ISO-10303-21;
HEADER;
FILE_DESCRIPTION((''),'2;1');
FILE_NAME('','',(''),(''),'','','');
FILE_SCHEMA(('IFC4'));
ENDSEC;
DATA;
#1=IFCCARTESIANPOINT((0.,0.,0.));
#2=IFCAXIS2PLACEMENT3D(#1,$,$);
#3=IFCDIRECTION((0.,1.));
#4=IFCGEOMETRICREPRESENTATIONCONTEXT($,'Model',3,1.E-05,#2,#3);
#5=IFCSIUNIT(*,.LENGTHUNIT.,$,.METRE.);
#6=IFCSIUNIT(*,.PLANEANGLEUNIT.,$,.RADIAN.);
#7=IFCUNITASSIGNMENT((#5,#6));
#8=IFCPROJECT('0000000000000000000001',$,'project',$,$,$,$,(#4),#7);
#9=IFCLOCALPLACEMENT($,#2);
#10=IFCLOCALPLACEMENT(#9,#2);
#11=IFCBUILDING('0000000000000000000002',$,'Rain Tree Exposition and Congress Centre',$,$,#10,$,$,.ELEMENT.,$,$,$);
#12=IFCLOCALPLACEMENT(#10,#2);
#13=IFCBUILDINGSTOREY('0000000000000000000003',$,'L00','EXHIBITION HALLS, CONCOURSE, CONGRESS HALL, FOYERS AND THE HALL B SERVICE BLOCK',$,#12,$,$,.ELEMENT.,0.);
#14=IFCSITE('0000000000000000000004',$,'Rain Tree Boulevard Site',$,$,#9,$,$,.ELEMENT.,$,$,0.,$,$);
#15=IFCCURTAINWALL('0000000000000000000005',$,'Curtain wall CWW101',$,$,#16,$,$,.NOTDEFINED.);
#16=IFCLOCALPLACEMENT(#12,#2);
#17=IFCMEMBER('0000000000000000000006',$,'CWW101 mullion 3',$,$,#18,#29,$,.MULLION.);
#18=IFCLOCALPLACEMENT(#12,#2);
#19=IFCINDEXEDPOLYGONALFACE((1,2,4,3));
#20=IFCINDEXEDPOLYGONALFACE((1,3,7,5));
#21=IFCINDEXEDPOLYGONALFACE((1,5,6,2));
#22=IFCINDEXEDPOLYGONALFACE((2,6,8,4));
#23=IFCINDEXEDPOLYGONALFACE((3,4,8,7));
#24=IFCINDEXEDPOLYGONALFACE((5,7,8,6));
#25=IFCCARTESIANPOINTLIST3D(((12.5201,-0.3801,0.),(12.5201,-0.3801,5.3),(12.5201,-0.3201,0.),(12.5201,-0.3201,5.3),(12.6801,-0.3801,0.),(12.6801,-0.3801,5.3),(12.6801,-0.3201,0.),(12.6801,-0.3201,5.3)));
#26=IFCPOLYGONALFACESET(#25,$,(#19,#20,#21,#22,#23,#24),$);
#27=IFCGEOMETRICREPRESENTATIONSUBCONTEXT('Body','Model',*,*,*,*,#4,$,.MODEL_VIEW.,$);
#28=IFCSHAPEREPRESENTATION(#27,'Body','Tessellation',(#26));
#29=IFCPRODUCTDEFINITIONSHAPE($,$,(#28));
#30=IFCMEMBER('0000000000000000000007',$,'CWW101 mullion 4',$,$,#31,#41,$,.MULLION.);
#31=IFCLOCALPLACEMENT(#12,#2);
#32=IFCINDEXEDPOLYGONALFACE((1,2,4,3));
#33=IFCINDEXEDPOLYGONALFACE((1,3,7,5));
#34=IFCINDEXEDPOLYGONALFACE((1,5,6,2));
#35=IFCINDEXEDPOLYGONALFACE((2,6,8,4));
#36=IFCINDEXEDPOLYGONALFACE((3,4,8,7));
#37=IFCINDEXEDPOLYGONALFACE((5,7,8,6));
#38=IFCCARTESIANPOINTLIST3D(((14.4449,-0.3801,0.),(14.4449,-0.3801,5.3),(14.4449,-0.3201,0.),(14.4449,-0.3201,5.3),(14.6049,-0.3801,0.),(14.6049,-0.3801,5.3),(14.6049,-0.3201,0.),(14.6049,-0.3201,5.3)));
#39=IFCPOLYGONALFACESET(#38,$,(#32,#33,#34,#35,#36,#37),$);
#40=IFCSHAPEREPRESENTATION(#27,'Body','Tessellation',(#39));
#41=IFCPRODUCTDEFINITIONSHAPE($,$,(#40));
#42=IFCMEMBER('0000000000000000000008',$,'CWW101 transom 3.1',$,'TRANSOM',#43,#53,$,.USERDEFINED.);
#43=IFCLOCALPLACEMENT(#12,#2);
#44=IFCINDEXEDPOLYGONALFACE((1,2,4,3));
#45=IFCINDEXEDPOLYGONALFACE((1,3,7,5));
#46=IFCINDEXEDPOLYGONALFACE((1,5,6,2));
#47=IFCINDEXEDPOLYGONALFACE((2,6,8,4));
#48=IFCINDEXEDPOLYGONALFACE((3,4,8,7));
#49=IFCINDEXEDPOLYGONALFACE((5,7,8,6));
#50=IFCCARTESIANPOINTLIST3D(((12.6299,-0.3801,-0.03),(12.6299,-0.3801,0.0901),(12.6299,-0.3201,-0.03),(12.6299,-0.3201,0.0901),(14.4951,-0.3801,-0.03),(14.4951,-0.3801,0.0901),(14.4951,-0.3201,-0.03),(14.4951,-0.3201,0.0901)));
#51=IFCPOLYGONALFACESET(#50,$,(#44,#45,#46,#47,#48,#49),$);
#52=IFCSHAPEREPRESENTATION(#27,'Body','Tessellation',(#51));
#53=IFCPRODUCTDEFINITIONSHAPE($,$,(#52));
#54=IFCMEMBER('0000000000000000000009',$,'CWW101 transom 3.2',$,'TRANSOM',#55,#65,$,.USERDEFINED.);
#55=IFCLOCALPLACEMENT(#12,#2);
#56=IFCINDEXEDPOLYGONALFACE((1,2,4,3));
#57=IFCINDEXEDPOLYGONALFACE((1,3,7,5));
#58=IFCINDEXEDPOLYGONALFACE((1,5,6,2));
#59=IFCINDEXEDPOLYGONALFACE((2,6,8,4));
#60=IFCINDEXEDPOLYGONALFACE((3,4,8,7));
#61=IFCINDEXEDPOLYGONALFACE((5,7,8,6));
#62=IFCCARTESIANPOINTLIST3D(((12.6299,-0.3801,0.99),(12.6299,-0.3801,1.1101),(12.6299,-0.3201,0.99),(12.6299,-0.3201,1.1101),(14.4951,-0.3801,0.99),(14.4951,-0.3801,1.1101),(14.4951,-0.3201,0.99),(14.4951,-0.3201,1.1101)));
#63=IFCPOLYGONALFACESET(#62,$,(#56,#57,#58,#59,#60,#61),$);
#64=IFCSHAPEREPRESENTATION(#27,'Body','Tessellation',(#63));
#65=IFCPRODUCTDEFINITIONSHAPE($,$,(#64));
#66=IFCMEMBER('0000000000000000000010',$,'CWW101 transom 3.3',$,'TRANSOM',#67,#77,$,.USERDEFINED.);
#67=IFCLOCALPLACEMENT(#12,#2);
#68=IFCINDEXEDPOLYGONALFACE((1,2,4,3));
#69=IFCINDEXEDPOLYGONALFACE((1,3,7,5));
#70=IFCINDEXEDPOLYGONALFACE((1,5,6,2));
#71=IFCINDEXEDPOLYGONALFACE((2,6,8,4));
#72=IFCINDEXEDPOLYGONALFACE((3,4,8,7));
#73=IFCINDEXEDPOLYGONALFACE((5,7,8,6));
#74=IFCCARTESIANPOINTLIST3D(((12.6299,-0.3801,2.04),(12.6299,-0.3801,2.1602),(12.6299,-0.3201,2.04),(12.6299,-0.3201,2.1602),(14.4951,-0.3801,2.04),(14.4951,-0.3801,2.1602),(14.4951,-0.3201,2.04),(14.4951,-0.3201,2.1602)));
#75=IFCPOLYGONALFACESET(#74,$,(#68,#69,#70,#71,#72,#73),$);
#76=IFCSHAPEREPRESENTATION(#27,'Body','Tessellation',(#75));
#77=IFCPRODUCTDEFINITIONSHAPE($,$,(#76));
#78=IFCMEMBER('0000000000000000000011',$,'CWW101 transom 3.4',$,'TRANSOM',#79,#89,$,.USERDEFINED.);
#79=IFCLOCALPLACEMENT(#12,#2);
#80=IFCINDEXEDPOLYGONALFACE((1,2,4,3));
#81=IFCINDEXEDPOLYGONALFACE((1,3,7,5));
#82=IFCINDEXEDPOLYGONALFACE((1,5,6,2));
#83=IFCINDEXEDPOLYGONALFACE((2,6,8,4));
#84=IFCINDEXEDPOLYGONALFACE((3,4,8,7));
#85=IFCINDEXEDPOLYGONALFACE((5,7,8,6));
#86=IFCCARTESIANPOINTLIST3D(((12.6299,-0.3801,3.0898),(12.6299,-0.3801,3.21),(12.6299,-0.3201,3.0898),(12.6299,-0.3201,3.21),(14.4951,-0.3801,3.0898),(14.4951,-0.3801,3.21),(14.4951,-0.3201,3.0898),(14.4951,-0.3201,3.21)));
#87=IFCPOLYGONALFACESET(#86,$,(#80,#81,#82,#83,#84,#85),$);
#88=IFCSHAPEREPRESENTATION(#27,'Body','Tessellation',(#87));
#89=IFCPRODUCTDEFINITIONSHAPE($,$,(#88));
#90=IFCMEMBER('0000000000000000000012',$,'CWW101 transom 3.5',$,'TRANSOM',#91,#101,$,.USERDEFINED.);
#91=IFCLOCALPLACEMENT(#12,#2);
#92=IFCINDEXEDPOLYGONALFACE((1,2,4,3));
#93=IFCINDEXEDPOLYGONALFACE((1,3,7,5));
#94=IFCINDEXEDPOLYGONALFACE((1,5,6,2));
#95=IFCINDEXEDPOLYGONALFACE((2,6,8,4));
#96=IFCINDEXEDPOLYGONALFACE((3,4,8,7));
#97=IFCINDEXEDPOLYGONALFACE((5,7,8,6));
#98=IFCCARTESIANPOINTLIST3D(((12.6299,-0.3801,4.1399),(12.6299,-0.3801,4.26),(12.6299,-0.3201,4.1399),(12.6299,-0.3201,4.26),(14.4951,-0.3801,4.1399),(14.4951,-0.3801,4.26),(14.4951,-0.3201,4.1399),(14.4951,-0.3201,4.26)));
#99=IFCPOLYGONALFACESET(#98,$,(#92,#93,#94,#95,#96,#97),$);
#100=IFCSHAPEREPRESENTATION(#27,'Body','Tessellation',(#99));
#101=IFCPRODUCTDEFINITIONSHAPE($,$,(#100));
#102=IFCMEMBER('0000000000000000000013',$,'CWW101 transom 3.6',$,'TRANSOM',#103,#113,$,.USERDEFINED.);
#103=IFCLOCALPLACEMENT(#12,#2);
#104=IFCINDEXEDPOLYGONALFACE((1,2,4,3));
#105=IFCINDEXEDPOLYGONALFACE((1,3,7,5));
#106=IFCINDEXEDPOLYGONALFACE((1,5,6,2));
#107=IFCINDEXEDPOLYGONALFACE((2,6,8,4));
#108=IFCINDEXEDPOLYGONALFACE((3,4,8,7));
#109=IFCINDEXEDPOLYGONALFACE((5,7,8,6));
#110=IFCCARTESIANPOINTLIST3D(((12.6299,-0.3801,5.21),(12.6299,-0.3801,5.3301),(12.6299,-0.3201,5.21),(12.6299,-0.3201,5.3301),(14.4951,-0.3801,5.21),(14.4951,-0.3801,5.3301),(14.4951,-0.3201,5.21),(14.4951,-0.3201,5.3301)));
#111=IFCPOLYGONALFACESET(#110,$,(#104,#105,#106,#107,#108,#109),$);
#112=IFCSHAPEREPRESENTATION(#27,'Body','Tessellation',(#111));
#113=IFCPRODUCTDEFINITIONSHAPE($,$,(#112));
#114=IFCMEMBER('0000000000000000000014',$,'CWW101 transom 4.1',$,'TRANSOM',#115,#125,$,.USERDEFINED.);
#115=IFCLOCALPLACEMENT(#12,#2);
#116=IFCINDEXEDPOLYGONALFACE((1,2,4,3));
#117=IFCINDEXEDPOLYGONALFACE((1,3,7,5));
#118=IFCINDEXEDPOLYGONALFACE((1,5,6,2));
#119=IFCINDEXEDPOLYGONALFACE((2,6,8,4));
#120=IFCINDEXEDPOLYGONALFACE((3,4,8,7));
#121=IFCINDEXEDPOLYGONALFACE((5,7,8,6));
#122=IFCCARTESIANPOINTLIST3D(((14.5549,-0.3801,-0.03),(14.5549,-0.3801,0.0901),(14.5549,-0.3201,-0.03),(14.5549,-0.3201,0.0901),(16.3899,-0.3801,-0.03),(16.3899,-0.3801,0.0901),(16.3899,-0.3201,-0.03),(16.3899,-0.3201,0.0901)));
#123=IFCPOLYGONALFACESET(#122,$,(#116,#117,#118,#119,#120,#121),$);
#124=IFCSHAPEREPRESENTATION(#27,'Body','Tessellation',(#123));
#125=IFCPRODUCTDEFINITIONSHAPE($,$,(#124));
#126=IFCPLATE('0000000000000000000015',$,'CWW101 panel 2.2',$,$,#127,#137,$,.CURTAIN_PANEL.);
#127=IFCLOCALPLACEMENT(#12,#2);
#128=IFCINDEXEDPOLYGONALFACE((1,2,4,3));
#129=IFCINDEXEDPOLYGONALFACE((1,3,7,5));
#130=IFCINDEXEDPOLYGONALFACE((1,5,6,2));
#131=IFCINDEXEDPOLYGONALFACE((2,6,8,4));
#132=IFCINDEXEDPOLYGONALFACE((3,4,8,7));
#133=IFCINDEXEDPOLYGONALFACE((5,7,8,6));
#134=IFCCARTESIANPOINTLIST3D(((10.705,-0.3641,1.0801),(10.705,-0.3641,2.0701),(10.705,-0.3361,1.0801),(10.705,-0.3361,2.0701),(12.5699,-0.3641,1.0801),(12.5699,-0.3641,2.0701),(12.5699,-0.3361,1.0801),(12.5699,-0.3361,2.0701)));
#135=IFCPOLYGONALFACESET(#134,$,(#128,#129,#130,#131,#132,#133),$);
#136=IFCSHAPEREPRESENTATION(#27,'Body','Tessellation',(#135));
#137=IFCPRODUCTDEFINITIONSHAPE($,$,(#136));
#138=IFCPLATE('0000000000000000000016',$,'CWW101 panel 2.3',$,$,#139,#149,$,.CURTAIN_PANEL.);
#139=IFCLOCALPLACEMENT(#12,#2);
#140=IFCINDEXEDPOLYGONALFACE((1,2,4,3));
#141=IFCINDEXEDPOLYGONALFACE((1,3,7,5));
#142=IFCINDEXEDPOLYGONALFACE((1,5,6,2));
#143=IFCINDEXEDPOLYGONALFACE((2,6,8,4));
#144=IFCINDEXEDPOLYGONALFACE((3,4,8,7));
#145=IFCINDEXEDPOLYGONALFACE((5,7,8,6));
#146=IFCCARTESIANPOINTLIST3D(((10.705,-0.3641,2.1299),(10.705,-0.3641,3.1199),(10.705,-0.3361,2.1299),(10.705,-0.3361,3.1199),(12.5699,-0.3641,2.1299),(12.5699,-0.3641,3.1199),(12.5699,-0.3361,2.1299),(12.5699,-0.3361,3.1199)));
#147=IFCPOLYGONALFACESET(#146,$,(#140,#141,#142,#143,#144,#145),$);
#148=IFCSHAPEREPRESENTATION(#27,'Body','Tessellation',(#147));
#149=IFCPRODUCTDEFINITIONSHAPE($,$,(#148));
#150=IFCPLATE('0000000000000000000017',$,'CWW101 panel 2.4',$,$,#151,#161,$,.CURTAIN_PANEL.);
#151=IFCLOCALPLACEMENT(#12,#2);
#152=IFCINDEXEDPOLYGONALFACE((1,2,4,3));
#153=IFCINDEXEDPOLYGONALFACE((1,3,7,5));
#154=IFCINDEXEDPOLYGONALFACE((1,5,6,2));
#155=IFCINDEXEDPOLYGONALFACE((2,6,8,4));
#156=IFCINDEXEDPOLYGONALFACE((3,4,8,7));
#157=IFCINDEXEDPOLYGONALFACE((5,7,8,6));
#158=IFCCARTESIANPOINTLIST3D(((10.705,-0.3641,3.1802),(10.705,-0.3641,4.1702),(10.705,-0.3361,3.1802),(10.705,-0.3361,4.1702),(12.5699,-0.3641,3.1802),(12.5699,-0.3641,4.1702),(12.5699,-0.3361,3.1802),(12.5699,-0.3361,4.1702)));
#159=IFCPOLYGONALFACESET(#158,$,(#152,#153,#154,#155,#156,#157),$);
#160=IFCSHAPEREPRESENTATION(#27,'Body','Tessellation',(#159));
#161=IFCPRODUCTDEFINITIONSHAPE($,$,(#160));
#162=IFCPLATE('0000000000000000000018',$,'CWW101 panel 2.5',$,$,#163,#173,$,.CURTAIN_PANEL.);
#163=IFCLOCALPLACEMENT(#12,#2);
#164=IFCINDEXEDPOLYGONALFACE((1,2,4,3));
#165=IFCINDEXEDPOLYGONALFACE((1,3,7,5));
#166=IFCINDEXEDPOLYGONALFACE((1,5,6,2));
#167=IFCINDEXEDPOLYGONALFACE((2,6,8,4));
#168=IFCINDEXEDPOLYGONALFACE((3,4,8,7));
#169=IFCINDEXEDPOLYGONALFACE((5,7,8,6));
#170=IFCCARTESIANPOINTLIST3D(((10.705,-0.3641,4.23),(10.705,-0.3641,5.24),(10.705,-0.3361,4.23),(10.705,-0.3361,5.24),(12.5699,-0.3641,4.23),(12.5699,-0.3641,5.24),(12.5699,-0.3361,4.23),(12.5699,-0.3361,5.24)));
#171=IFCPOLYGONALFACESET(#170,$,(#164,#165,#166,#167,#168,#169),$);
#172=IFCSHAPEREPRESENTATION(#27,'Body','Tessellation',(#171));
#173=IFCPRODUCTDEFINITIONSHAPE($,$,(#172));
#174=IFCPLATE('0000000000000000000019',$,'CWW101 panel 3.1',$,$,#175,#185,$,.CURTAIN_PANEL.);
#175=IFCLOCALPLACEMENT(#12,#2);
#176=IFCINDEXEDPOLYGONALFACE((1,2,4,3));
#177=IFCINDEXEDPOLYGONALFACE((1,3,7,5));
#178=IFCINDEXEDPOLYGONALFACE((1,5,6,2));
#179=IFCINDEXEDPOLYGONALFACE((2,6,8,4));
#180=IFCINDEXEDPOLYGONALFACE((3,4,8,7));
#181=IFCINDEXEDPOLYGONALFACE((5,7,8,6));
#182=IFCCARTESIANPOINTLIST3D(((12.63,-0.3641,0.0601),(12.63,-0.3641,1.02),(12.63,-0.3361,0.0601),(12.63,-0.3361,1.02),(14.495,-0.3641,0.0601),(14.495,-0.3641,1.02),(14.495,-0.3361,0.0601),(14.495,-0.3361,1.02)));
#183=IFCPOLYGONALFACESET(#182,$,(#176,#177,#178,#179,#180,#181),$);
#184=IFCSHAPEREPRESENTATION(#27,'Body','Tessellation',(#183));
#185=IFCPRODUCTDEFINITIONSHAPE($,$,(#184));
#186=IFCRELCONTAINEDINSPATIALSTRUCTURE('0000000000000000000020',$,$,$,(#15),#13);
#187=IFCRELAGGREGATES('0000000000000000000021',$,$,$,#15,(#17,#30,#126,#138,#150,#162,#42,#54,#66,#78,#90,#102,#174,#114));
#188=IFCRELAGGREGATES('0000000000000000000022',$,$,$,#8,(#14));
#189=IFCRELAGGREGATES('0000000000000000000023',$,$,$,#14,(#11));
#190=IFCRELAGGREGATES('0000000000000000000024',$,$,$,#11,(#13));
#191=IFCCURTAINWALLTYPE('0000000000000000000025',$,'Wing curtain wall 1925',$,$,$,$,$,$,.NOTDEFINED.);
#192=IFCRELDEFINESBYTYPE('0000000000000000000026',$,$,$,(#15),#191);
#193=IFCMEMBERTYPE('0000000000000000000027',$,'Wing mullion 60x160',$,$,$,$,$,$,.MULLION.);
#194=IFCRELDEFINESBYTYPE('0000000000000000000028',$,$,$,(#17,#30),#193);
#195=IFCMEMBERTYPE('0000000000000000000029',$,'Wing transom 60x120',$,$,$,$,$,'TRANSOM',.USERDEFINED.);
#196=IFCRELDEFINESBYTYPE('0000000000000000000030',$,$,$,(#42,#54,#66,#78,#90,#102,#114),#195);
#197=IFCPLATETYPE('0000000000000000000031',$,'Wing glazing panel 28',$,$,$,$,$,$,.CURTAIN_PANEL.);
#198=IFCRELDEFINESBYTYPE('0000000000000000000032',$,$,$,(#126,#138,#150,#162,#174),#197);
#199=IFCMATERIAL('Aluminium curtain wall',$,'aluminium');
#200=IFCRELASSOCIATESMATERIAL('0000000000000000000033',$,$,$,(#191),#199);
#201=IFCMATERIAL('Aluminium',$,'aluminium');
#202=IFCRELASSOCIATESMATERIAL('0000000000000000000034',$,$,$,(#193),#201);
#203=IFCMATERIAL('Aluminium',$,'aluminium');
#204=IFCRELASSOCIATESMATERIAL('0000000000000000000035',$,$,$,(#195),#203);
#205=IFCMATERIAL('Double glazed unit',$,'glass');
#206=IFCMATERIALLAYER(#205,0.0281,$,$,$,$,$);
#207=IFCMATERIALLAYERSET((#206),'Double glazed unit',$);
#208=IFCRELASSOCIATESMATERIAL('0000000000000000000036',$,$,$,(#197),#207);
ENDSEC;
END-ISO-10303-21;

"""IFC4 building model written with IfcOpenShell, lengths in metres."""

from ifc_helpers import new_model, si_unit, direction, frame, origin, origin_2d, place, context, subcontext, project, spatial, rectangle, extrude, material, layer, layer_set, material_profile, profile_set, type_object, element, aggregate, save


model = new_model("IFC4")

# Units and contexts
model_context = context("Model", 3, precision=1e-05, world=origin(), true_north=direction((0.0, 1.0)))
body_context = subcontext(model_context, "Body", "Model", "MODEL_VIEW")
ifc_project = project(units=[si_unit("LENGTHUNIT", "METRE"), si_unit("PLANEANGLEUNIT", "RADIAN")], contexts=[model_context])

# Site, building, storey
site_placement = place(None, origin())
site = spatial("IfcSite", under=ifc_project, at=site_placement, Name="Rain Tree Boulevard Site", CompositionType="ELEMENT", RefElevation=0.0)
building_placement = place(site_placement, origin())
building = spatial("IfcBuilding", under=site, at=building_placement, Name="Rain Tree Exposition and Congress Centre", CompositionType="ELEMENT")
storey_placement = place(building_placement, origin())
storey = spatial("IfcBuildingStorey", under=building, at=storey_placement, Name="L00", Description="EXHIBITION HALLS, CONCOURSE, CONGRESS HALL, FOYERS AND THE HALL B SERVICE BLOCK", CompositionType="ELEMENT", Elevation=0.0)

# Curtain wall, members, plates
ifc_material_1 = material(Name="Aluminium curtain wall", Category="aluminium")
curtain_wall_type = type_object("IfcCurtainWallType", Name="Wing curtain wall 1925", PredefinedType="NOTDEFINED", material=ifc_material_1)
curtain_wall_placement = place(storey_placement, origin())
curtain_wall = element("IfcCurtainWall", 1, at=curtain_wall_placement, inside=storey, type_object=curtain_wall_type, Name="Curtain wall CWW101", PredefinedType="NOTDEFINED")
ifc_material_2 = material(Name="Aluminium", Category="aluminium")
ifc_material_profile_1 = material_profile(ifc_material_2, rectangle(XDim=0.0601, YDim=0.1599, at=origin_2d()), Name="Aluminium 60x160")
ifc_profile_set_1 = profile_set([ifc_material_profile_1], Name="Aluminium")
member_type_1 = type_object("IfcMemberType", Name="Wing mullion 60x160", PredefinedType="MULLION", material=ifc_profile_set_1)
member_1_placement = place(storey_placement, frame((12.6001, -0.3501, 0.0), z_axis=(0.0, 0.0, 1.0), x_axis=(0.0, 1.0, 0.0)))
member_1 = element("IfcMember", 2, at=member_1_placement, type_object=member_type_1, Name="CWW101 mullion 3", PredefinedType="MULLION", context=body_context, shape_type="SweptSolid", body=[
    extrude(rectangle(XDim=0.0601, YDim=0.1599, at=origin_2d()), origin(), (0.0, 0.0, 1.0), 5.3),
])
member_2_placement = place(storey_placement, frame((14.5249, -0.3501, 0.0), z_axis=(0.0, 0.0, 1.0), x_axis=(0.0, 1.0, 0.0)))
member_2 = element("IfcMember", 3, at=member_2_placement, type_object=member_type_1, Name="CWW101 mullion 4", PredefinedType="MULLION", context=body_context, shape_type="SweptSolid", body=[
    extrude(rectangle(XDim=0.0601, YDim=0.1599, at=origin_2d()), origin(), (0.0, 0.0, 1.0), 5.3),
])
ifc_material_3 = material(Name="Aluminium", Category="aluminium")
ifc_material_profile_2 = material_profile(ifc_material_3, rectangle(XDim=0.0601, YDim=0.1201, at=origin_2d()), Name="Aluminium 60x120")
ifc_profile_set_2 = profile_set([ifc_material_profile_2], Name="Aluminium")
member_type_2 = type_object("IfcMemberType", Name="Wing transom 60x120", ElementType="TRANSOM", PredefinedType="USERDEFINED", material=ifc_profile_set_2)
member_3_placement = place(storey_placement, frame((12.6299, -0.3501, 0.03), z_axis=(1.0, 0.0, 0.0), x_axis=(0.0, 1.0, 0.0)))
member_3 = element("IfcMember", 4, at=member_3_placement, type_object=member_type_2, Name="CWW101 transom 3.1", ObjectType="TRANSOM", PredefinedType="USERDEFINED", context=body_context, shape_type="SweptSolid", body=[
    extrude(rectangle(XDim=0.0601, YDim=0.1201, at=origin_2d()), origin(), (0.0, 0.0, 1.0), 1.8652),
])
member_4_placement = place(storey_placement, frame((12.6299, -0.3501, 1.05), z_axis=(1.0, 0.0, 0.0), x_axis=(0.0, 1.0, 0.0)))
member_4 = element("IfcMember", 5, at=member_4_placement, type_object=member_type_2, Name="CWW101 transom 3.2", ObjectType="TRANSOM", PredefinedType="USERDEFINED", context=body_context, shape_type="SweptSolid", body=[
    extrude(rectangle(XDim=0.0601, YDim=0.1201, at=origin_2d()), origin(), (0.0, 0.0, 1.0), 1.8652),
])
member_5_placement = place(storey_placement, frame((12.6299, -0.3501, 2.1001), z_axis=(1.0, 0.0, 0.0), x_axis=(0.0, 1.0, 0.0)))
member_5 = element("IfcMember", 6, at=member_5_placement, type_object=member_type_2, Name="CWW101 transom 3.3", ObjectType="TRANSOM", PredefinedType="USERDEFINED", context=body_context, shape_type="SweptSolid", body=[
    extrude(rectangle(XDim=0.0601, YDim=0.1201, at=origin_2d()), origin(), (0.0, 0.0, 1.0), 1.8652),
])
member_6_placement = place(storey_placement, frame((12.6299, -0.3501, 3.1499), z_axis=(1.0, 0.0, 0.0), x_axis=(0.0, 1.0, 0.0)))
member_6 = element("IfcMember", 7, at=member_6_placement, type_object=member_type_2, Name="CWW101 transom 3.4", ObjectType="TRANSOM", PredefinedType="USERDEFINED", context=body_context, shape_type="SweptSolid", body=[
    extrude(rectangle(XDim=0.0601, YDim=0.1201, at=origin_2d()), origin(), (0.0, 0.0, 1.0), 1.8652),
])
member_7_placement = place(storey_placement, frame((12.6299, -0.3501, 4.2), z_axis=(1.0, 0.0, 0.0), x_axis=(0.0, 1.0, 0.0)))
member_7 = element("IfcMember", 8, at=member_7_placement, type_object=member_type_2, Name="CWW101 transom 3.5", ObjectType="TRANSOM", PredefinedType="USERDEFINED", context=body_context, shape_type="SweptSolid", body=[
    extrude(rectangle(XDim=0.0601, YDim=0.1201, at=origin_2d()), origin(), (0.0, 0.0, 1.0), 1.8652),
])
member_8_placement = place(storey_placement, frame((12.6299, -0.3501, 5.27), z_axis=(1.0, 0.0, 0.0), x_axis=(0.0, 1.0, 0.0)))
member_8 = element("IfcMember", 9, at=member_8_placement, type_object=member_type_2, Name="CWW101 transom 3.6", ObjectType="TRANSOM", PredefinedType="USERDEFINED", context=body_context, shape_type="SweptSolid", body=[
    extrude(rectangle(XDim=0.0601, YDim=0.1201, at=origin_2d()), origin(), (0.0, 0.0, 1.0), 1.8652),
])
member_9_placement = place(storey_placement, frame((14.5549, -0.3501, 0.03), z_axis=(1.0, 0.0, 0.0), x_axis=(0.0, 1.0, 0.0)))
member_9 = element("IfcMember", 10, at=member_9_placement, type_object=member_type_2, Name="CWW101 transom 4.1", ObjectType="TRANSOM", PredefinedType="USERDEFINED", context=body_context, shape_type="SweptSolid", body=[
    extrude(rectangle(XDim=0.0601, YDim=0.1201, at=origin_2d()), origin(), (0.0, 0.0, 1.0), 1.835),
])
ifc_material_4 = material(Name="Double glazed unit", Category="glass")
ifc_layer = layer(ifc_material_4, 0.0281)
ifc_layer_set = layer_set([ifc_layer], Name="Double glazed unit")
plate_type = type_object("IfcPlateType", Name="Wing glazing panel 28", PredefinedType="CURTAIN_PANEL", material=ifc_layer_set)
plate_1_placement = place(storey_placement, frame((11.6375, -0.3501, 1.0801), z_axis=(0.0, 0.0, 1.0), x_axis=(1.0, 0.0, 0.0)))
plate_1 = element("IfcPlate", 11, at=plate_1_placement, type_object=plate_type, Name="CWW101 panel 2.2", PredefinedType="CURTAIN_PANEL", context=body_context, shape_type="SweptSolid", body=[
    extrude(rectangle(XDim=1.865, YDim=0.0281, at=origin_2d()), origin(), (0.0, 0.0, 1.0), 0.99),
])
plate_2_placement = place(storey_placement, frame((11.6375, -0.3501, 2.1299), z_axis=(0.0, 0.0, 1.0), x_axis=(1.0, 0.0, 0.0)))
plate_2 = element("IfcPlate", 12, at=plate_2_placement, type_object=plate_type, Name="CWW101 panel 2.3", PredefinedType="CURTAIN_PANEL", context=body_context, shape_type="SweptSolid", body=[
    extrude(rectangle(XDim=1.865, YDim=0.0281, at=origin_2d()), origin(), (0.0, 0.0, 1.0), 0.99),
])
plate_3_placement = place(storey_placement, frame((11.6375, -0.3501, 3.1802), z_axis=(0.0, 0.0, 1.0), x_axis=(1.0, 0.0, 0.0)))
plate_3 = element("IfcPlate", 13, at=plate_3_placement, type_object=plate_type, Name="CWW101 panel 2.4", PredefinedType="CURTAIN_PANEL", context=body_context, shape_type="SweptSolid", body=[
    extrude(rectangle(XDim=1.865, YDim=0.0281, at=origin_2d()), origin(), (0.0, 0.0, 1.0), 0.99),
])
plate_4_placement = place(storey_placement, frame((11.6375, -0.3501, 4.23), z_axis=(0.0, 0.0, 1.0), x_axis=(1.0, 0.0, 0.0)))
plate_4 = element("IfcPlate", 14, at=plate_4_placement, type_object=plate_type, Name="CWW101 panel 2.5", PredefinedType="CURTAIN_PANEL", context=body_context, shape_type="SweptSolid", body=[
    extrude(rectangle(XDim=1.865, YDim=0.0281, at=origin_2d()), origin(), (0.0, 0.0, 1.0), 1.01),
])
plate_5_placement = place(storey_placement, frame((13.5625, -0.3501, 0.0601), z_axis=(0.0, 0.0, 1.0), x_axis=(1.0, 0.0, 0.0)))
plate_5 = element("IfcPlate", 15, at=plate_5_placement, type_object=plate_type, Name="CWW101 panel 3.1", PredefinedType="CURTAIN_PANEL", context=body_context, shape_type="SweptSolid", body=[
    extrude(rectangle(XDim=1.865, YDim=0.0281, at=origin_2d()), origin(), (0.0, 0.0, 1.0), 0.96),
])
aggregate(curtain_wall, [member_1, member_2, plate_1, plate_2, plate_3, plate_4, member_3, member_4, member_5, member_6, member_7, member_8, plate_5, member_9])

save(model, "model.ifc")
